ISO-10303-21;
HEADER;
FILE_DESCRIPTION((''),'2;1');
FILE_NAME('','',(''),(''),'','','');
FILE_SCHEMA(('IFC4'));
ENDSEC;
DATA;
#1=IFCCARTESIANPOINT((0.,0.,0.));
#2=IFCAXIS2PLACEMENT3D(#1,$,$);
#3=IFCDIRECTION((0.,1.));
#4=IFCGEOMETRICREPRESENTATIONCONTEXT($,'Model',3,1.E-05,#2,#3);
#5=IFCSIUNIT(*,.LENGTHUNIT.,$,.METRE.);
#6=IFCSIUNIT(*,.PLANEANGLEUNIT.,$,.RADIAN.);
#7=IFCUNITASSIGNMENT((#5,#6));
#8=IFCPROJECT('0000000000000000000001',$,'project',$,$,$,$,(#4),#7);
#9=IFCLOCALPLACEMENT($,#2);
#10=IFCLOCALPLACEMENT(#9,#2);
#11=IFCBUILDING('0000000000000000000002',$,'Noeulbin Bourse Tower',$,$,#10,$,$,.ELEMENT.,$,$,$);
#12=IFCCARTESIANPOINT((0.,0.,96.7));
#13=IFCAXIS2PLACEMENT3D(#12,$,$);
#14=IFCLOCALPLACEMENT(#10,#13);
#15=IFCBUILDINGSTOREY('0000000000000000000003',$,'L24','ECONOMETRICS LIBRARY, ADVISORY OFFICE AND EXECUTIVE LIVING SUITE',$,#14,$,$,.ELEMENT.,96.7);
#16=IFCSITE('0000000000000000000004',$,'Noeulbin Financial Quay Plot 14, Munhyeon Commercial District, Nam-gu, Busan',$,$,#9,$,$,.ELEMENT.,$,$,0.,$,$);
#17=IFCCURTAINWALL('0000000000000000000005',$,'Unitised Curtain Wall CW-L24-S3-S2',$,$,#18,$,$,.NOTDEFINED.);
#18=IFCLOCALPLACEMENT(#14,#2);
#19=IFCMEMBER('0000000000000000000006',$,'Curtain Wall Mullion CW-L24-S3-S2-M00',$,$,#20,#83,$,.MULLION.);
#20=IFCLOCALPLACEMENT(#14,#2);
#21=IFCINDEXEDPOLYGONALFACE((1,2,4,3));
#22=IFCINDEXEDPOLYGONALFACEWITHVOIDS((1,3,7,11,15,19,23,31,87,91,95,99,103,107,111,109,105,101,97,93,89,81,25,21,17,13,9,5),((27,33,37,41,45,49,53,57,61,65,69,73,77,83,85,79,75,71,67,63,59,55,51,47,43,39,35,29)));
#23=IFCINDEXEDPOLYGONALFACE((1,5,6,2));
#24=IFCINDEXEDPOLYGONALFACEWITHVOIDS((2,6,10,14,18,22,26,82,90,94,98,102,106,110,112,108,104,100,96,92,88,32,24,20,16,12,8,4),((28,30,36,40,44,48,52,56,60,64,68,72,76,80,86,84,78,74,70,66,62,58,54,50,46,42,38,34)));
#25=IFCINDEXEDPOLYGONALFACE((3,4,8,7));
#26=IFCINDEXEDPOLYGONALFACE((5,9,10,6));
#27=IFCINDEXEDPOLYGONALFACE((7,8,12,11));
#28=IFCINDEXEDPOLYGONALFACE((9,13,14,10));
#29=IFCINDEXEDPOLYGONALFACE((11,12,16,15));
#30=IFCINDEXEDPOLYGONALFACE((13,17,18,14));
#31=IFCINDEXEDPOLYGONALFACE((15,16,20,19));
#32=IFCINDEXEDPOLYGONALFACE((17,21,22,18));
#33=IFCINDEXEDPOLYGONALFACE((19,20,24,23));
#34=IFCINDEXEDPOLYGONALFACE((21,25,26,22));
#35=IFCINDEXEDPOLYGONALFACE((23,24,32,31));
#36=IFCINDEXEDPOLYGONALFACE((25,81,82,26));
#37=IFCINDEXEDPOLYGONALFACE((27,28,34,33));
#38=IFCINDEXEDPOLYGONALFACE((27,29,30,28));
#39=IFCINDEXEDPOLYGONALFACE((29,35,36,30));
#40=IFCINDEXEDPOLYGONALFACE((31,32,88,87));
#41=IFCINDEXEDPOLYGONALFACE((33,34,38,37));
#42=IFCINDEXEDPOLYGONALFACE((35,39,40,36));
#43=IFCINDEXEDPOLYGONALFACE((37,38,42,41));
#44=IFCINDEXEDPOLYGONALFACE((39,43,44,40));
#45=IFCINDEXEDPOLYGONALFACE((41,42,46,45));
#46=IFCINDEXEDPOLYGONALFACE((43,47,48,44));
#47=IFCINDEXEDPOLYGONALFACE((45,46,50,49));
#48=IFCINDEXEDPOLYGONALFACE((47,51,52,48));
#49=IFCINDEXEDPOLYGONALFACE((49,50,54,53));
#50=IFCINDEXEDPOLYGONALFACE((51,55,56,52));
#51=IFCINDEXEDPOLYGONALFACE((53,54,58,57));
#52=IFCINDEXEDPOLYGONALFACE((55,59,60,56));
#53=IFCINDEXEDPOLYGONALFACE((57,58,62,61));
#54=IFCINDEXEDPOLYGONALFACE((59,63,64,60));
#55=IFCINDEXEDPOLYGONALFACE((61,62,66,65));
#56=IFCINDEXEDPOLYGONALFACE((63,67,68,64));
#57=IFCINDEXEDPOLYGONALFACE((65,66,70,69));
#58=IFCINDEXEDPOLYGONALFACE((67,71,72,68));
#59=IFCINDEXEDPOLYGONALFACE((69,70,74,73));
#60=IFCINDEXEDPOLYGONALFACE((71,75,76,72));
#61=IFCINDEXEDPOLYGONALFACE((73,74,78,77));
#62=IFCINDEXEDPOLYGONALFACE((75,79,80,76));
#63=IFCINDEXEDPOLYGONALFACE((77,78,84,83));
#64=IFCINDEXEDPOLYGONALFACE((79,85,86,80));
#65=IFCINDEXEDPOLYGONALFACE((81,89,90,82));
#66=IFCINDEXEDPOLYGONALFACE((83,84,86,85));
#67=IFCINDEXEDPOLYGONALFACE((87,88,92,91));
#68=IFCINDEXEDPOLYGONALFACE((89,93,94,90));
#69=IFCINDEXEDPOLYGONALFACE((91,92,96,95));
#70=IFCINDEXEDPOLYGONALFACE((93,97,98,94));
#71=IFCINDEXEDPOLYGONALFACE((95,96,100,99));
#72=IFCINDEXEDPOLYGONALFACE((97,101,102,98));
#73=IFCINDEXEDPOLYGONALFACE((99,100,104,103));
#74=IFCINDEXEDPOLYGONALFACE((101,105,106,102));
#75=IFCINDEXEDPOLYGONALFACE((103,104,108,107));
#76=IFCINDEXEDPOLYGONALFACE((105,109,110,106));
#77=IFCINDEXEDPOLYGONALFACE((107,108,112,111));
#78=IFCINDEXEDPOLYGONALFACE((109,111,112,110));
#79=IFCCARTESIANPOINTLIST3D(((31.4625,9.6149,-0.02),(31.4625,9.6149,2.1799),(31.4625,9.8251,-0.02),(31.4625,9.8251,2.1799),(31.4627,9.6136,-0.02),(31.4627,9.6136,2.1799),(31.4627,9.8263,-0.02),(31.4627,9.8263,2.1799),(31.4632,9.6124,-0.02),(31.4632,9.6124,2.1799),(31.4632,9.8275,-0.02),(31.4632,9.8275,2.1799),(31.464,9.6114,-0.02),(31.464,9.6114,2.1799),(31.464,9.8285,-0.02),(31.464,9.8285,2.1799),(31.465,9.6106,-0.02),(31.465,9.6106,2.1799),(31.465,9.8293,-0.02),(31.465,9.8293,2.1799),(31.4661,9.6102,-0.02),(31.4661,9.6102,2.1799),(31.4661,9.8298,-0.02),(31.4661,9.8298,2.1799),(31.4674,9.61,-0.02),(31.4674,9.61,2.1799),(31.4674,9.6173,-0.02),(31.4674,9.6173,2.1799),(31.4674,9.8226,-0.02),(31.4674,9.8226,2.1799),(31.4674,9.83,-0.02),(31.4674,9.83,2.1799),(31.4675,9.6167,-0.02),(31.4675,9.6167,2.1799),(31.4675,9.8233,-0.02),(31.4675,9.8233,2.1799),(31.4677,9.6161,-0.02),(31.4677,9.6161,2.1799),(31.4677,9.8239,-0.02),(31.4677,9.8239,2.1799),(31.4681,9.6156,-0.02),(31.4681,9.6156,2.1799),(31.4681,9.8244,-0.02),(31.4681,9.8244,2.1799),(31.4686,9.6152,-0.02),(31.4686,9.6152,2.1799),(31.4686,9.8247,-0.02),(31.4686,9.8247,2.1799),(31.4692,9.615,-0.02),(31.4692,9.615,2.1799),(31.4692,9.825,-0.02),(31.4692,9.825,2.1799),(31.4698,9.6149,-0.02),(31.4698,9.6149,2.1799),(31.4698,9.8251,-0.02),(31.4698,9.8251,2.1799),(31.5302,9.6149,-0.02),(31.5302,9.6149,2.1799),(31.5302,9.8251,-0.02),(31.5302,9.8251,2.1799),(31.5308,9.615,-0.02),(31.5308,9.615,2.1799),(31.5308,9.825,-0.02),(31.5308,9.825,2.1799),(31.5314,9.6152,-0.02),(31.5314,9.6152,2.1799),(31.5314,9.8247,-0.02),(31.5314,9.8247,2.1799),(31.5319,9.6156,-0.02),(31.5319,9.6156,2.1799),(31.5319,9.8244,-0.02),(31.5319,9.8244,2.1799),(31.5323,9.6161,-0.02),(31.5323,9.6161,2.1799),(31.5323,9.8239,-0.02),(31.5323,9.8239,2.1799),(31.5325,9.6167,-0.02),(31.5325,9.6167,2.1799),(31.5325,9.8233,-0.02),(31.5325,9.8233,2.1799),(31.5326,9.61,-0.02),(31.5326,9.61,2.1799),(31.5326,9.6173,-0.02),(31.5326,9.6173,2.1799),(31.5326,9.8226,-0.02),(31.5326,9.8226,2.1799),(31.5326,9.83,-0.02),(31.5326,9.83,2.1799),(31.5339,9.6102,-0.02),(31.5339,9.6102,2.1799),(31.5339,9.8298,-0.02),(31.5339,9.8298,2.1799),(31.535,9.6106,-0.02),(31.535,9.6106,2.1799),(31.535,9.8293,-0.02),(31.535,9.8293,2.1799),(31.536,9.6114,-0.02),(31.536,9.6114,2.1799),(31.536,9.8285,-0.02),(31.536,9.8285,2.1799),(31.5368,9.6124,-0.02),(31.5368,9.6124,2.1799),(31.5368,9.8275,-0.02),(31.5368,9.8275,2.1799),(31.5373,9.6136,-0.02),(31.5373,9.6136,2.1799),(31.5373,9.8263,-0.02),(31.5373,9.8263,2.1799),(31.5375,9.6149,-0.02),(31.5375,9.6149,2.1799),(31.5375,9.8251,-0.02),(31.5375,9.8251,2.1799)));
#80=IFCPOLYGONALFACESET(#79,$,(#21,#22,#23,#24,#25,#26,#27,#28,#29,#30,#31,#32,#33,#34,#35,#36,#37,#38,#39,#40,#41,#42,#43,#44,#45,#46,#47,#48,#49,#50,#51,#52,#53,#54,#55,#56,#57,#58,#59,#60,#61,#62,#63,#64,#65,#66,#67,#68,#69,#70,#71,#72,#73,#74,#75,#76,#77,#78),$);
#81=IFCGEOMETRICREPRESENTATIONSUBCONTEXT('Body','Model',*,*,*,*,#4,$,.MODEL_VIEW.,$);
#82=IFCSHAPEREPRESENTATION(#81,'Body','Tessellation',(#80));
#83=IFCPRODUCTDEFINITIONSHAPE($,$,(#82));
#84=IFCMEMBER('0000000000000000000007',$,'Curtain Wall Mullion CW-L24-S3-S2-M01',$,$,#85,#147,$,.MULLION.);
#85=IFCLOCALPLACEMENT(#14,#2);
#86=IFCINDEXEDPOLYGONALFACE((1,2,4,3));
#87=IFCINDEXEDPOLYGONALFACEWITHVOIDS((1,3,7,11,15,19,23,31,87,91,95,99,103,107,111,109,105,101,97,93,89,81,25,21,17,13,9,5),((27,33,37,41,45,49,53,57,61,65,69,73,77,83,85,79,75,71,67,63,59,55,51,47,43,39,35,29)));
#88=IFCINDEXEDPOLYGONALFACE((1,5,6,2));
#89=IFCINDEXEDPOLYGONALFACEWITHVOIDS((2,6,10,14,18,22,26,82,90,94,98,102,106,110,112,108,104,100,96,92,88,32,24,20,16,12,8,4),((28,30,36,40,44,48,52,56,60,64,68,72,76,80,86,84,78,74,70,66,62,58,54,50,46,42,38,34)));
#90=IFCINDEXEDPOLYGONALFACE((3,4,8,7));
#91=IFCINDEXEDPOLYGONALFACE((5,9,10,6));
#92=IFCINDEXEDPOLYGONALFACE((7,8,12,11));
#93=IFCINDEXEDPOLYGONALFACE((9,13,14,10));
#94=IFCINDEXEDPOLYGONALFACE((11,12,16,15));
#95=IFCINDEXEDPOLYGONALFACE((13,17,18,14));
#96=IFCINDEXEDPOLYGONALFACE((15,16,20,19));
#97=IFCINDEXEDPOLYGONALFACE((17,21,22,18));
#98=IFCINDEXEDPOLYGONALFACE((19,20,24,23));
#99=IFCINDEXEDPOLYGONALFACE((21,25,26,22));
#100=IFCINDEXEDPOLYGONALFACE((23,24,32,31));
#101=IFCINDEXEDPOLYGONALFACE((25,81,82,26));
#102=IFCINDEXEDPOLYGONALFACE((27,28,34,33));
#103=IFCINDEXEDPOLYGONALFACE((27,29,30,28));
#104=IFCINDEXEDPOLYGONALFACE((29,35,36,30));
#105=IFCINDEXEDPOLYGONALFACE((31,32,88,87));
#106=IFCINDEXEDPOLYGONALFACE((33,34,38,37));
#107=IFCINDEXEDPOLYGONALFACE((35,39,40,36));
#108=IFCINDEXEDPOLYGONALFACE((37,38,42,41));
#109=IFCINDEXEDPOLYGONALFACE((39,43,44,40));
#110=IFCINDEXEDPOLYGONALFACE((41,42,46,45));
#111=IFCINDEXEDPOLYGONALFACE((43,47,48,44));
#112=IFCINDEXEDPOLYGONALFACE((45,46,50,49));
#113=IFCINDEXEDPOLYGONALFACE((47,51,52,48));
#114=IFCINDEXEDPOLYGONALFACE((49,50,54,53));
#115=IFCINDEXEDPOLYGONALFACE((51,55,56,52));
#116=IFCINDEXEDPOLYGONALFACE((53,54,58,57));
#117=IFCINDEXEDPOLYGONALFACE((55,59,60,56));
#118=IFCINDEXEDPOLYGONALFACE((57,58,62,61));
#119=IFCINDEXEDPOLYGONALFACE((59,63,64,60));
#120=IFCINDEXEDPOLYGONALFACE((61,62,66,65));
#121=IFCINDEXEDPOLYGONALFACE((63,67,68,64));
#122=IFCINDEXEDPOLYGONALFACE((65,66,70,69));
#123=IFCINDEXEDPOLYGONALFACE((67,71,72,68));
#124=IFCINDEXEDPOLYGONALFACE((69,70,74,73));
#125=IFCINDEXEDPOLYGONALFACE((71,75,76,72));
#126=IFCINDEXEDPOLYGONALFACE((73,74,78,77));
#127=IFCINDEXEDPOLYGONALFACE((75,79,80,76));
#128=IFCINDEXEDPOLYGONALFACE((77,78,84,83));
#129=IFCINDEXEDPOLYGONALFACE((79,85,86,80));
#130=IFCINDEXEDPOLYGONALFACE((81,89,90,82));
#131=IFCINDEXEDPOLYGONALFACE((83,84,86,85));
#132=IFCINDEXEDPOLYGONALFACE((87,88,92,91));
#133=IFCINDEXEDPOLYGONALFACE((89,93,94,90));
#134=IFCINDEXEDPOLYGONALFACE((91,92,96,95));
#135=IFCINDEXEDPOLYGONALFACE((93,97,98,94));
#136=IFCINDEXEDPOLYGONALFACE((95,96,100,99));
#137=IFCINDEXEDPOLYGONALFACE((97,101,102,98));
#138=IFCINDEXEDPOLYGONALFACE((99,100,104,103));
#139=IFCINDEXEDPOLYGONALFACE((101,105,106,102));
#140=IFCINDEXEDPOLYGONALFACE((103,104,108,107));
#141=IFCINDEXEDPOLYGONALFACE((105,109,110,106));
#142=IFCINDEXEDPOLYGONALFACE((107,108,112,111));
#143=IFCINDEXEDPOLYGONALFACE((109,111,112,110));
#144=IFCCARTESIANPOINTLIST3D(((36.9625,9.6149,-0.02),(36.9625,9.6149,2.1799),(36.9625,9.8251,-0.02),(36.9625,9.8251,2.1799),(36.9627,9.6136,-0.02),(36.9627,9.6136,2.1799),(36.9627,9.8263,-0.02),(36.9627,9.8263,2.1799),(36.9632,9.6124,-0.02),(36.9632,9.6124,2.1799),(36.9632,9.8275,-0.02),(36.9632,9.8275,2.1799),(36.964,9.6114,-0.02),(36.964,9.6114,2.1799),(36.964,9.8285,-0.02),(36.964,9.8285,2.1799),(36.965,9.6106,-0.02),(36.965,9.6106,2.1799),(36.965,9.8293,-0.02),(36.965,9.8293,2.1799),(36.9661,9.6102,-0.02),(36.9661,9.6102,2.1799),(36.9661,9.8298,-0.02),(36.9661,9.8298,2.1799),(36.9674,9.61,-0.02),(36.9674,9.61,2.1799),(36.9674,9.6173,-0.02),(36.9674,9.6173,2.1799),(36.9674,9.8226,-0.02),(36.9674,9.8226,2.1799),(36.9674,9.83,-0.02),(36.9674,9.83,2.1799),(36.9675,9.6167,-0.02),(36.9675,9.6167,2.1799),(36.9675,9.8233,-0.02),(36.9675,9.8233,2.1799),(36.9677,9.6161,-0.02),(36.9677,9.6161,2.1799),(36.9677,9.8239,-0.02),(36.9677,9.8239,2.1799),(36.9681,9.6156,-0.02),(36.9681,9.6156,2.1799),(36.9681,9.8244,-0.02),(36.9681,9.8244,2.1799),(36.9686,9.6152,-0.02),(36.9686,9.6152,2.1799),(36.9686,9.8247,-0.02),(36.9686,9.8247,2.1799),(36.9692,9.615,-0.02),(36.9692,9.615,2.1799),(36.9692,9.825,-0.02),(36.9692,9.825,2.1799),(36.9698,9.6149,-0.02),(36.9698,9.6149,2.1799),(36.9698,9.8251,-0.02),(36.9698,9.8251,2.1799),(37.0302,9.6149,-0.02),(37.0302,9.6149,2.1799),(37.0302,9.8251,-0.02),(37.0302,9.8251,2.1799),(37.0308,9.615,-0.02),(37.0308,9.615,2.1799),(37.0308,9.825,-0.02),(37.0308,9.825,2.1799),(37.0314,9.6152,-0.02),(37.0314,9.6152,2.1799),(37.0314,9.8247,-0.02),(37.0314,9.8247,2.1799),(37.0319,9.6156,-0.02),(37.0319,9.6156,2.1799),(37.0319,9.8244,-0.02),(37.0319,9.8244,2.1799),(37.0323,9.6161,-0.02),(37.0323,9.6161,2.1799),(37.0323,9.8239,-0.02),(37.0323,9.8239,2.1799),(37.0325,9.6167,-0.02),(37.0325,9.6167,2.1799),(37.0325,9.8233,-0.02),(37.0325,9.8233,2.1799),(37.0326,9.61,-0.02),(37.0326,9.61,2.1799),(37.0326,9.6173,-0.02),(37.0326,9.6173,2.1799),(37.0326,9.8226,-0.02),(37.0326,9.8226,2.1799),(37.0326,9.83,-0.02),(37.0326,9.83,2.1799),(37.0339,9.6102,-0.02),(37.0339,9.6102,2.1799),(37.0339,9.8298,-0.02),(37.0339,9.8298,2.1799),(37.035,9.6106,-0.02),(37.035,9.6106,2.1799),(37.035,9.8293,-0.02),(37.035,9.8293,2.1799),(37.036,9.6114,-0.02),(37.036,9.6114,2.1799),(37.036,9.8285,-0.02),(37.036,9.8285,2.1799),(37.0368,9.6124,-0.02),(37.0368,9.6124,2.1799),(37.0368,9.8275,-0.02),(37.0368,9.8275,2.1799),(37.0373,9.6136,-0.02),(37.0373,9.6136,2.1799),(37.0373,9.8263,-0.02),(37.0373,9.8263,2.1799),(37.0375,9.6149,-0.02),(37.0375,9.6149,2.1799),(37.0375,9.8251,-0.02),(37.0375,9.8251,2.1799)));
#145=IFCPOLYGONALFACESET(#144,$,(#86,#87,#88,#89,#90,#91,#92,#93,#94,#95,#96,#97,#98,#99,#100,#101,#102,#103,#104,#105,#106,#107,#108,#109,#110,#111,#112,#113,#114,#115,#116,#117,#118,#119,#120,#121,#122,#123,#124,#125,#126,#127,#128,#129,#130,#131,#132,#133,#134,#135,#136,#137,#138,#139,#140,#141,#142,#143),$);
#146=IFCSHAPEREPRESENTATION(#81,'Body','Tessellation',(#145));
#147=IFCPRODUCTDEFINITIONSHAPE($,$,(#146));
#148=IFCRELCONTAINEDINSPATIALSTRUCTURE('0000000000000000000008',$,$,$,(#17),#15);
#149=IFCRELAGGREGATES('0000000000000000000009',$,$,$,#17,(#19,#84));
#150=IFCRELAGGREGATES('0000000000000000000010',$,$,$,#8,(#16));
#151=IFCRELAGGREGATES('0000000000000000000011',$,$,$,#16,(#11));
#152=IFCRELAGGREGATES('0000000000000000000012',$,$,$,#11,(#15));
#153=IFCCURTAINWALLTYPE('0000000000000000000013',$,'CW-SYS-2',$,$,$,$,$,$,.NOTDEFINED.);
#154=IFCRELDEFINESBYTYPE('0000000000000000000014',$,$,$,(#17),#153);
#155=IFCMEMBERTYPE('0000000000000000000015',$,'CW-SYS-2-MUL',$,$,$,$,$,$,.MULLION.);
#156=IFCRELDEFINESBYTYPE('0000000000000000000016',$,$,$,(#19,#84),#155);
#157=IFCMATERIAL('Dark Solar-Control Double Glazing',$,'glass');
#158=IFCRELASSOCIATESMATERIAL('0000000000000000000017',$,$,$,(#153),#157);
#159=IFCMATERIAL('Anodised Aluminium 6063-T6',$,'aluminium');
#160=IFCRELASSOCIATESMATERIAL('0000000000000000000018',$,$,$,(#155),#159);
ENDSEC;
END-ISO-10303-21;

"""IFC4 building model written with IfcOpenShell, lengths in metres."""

from ifc_helpers import new_model, si_unit, direction, frame, origin, origin_2d, place, context, subcontext, project, spatial, hollow_rectangle, extrude, material, material_profile, profile_set, type_object, element, aggregate, save


model = new_model("IFC4")

# Units and contexts
model_context = context("Model", 3, precision=1e-05, world=origin(), true_north=direction((0.0, 1.0)))
body_context = subcontext(model_context, "Body", "Model", "MODEL_VIEW")
ifc_project = project(units=[si_unit("LENGTHUNIT", "METRE"), si_unit("PLANEANGLEUNIT", "RADIAN")], contexts=[model_context])

# Site, building, storey
site_placement = place(None, origin())
site = spatial("IfcSite", under=ifc_project, at=site_placement, Name="Noeulbin Financial Quay Plot 14, Munhyeon Commercial District, Nam-gu, Busan", CompositionType="ELEMENT", RefElevation=0.0)
building_placement = place(site_placement, origin())
building = spatial("IfcBuilding", under=site, at=building_placement, Name="Noeulbin Bourse Tower", CompositionType="ELEMENT")
storey_placement = place(building_placement, frame((0.0, 0.0, 96.7)))
storey = spatial("IfcBuildingStorey", under=building, at=storey_placement, Name="L24", Description="ECONOMETRICS LIBRARY, ADVISORY OFFICE AND EXECUTIVE LIVING SUITE", CompositionType="ELEMENT", Elevation=96.7)

# Curtain wall, members
ifc_material_1 = material(Name="Dark Solar-Control Double Glazing", Category="glass")
curtain_wall_type = type_object("IfcCurtainWallType", Name="CW-SYS-2", PredefinedType="NOTDEFINED", material=ifc_material_1)
ifc_material_2 = material(Name="Anodised Aluminium 6063-T6", Category="aluminium")
ifc_material_profile_1 = material_profile(ifc_material_2, hollow_rectangle(XDim=0.075, YDim=0.22, WallThickness=0.0049, InnerFilletRadius=0.0024, OuterFilletRadius=0.0049, at=origin_2d()), Name="ALU-MULL-75x220x5", Category="LoadBearing")
ifc_profile_set_1 = profile_set([ifc_material_profile_1], Name="Anodised Aluminium 6063-T6")
member_type_1 = type_object("IfcMemberType", Name="CW-SYS-2-MUL", PredefinedType="MULLION", material=ifc_profile_set_1)
curtain_wall_1_placement = place(storey_placement, origin())
curtain_wall_1 = element("IfcCurtainWall", 1, at=curtain_wall_1_placement, inside=storey, type_object=curtain_wall_type, Name="Unitised Curtain Wall CW-L24-S3-S2", PredefinedType="NOTDEFINED")
member_1_placement = place(storey_placement, frame((31.5, 9.72, -0.02), z_axis=(0.0, 0.0, 1.0), x_axis=(1.0, 0.0, 0.0)))
member_1 = element("IfcMember", 2, at=member_1_placement, type_object=member_type_1, Name="Curtain Wall Mullion CW-L24-S3-S2-M00", PredefinedType="MULLION", context=body_context, shape_type="SweptSolid", body=[
    extrude(hollow_rectangle(XDim=0.075, YDim=0.22, WallThickness=0.0049, InnerFilletRadius=0.0024, OuterFilletRadius=0.0049, at=origin_2d()), origin(), (0.0, 0.0, 1.0), 2.2),
])
member_2_placement = place(storey_placement, frame((37.0, 9.72, -0.02), z_axis=(0.0, 0.0, 1.0), x_axis=(1.0, 0.0, 0.0)))
member_2 = element("IfcMember", 3, at=member_2_placement, type_object=member_type_1, Name="Curtain Wall Mullion CW-L24-S3-S2-M01", PredefinedType="MULLION", context=body_context, shape_type="SweptSolid", body=[
    extrude(hollow_rectangle(XDim=0.075, YDim=0.22, WallThickness=0.0049, InnerFilletRadius=0.0024, OuterFilletRadius=0.0049, at=origin_2d()), origin(), (0.0, 0.0, 1.0), 2.2),
])

aggregate(curtain_wall_1, [member_1, member_2])

save(model, "model.ifc")
